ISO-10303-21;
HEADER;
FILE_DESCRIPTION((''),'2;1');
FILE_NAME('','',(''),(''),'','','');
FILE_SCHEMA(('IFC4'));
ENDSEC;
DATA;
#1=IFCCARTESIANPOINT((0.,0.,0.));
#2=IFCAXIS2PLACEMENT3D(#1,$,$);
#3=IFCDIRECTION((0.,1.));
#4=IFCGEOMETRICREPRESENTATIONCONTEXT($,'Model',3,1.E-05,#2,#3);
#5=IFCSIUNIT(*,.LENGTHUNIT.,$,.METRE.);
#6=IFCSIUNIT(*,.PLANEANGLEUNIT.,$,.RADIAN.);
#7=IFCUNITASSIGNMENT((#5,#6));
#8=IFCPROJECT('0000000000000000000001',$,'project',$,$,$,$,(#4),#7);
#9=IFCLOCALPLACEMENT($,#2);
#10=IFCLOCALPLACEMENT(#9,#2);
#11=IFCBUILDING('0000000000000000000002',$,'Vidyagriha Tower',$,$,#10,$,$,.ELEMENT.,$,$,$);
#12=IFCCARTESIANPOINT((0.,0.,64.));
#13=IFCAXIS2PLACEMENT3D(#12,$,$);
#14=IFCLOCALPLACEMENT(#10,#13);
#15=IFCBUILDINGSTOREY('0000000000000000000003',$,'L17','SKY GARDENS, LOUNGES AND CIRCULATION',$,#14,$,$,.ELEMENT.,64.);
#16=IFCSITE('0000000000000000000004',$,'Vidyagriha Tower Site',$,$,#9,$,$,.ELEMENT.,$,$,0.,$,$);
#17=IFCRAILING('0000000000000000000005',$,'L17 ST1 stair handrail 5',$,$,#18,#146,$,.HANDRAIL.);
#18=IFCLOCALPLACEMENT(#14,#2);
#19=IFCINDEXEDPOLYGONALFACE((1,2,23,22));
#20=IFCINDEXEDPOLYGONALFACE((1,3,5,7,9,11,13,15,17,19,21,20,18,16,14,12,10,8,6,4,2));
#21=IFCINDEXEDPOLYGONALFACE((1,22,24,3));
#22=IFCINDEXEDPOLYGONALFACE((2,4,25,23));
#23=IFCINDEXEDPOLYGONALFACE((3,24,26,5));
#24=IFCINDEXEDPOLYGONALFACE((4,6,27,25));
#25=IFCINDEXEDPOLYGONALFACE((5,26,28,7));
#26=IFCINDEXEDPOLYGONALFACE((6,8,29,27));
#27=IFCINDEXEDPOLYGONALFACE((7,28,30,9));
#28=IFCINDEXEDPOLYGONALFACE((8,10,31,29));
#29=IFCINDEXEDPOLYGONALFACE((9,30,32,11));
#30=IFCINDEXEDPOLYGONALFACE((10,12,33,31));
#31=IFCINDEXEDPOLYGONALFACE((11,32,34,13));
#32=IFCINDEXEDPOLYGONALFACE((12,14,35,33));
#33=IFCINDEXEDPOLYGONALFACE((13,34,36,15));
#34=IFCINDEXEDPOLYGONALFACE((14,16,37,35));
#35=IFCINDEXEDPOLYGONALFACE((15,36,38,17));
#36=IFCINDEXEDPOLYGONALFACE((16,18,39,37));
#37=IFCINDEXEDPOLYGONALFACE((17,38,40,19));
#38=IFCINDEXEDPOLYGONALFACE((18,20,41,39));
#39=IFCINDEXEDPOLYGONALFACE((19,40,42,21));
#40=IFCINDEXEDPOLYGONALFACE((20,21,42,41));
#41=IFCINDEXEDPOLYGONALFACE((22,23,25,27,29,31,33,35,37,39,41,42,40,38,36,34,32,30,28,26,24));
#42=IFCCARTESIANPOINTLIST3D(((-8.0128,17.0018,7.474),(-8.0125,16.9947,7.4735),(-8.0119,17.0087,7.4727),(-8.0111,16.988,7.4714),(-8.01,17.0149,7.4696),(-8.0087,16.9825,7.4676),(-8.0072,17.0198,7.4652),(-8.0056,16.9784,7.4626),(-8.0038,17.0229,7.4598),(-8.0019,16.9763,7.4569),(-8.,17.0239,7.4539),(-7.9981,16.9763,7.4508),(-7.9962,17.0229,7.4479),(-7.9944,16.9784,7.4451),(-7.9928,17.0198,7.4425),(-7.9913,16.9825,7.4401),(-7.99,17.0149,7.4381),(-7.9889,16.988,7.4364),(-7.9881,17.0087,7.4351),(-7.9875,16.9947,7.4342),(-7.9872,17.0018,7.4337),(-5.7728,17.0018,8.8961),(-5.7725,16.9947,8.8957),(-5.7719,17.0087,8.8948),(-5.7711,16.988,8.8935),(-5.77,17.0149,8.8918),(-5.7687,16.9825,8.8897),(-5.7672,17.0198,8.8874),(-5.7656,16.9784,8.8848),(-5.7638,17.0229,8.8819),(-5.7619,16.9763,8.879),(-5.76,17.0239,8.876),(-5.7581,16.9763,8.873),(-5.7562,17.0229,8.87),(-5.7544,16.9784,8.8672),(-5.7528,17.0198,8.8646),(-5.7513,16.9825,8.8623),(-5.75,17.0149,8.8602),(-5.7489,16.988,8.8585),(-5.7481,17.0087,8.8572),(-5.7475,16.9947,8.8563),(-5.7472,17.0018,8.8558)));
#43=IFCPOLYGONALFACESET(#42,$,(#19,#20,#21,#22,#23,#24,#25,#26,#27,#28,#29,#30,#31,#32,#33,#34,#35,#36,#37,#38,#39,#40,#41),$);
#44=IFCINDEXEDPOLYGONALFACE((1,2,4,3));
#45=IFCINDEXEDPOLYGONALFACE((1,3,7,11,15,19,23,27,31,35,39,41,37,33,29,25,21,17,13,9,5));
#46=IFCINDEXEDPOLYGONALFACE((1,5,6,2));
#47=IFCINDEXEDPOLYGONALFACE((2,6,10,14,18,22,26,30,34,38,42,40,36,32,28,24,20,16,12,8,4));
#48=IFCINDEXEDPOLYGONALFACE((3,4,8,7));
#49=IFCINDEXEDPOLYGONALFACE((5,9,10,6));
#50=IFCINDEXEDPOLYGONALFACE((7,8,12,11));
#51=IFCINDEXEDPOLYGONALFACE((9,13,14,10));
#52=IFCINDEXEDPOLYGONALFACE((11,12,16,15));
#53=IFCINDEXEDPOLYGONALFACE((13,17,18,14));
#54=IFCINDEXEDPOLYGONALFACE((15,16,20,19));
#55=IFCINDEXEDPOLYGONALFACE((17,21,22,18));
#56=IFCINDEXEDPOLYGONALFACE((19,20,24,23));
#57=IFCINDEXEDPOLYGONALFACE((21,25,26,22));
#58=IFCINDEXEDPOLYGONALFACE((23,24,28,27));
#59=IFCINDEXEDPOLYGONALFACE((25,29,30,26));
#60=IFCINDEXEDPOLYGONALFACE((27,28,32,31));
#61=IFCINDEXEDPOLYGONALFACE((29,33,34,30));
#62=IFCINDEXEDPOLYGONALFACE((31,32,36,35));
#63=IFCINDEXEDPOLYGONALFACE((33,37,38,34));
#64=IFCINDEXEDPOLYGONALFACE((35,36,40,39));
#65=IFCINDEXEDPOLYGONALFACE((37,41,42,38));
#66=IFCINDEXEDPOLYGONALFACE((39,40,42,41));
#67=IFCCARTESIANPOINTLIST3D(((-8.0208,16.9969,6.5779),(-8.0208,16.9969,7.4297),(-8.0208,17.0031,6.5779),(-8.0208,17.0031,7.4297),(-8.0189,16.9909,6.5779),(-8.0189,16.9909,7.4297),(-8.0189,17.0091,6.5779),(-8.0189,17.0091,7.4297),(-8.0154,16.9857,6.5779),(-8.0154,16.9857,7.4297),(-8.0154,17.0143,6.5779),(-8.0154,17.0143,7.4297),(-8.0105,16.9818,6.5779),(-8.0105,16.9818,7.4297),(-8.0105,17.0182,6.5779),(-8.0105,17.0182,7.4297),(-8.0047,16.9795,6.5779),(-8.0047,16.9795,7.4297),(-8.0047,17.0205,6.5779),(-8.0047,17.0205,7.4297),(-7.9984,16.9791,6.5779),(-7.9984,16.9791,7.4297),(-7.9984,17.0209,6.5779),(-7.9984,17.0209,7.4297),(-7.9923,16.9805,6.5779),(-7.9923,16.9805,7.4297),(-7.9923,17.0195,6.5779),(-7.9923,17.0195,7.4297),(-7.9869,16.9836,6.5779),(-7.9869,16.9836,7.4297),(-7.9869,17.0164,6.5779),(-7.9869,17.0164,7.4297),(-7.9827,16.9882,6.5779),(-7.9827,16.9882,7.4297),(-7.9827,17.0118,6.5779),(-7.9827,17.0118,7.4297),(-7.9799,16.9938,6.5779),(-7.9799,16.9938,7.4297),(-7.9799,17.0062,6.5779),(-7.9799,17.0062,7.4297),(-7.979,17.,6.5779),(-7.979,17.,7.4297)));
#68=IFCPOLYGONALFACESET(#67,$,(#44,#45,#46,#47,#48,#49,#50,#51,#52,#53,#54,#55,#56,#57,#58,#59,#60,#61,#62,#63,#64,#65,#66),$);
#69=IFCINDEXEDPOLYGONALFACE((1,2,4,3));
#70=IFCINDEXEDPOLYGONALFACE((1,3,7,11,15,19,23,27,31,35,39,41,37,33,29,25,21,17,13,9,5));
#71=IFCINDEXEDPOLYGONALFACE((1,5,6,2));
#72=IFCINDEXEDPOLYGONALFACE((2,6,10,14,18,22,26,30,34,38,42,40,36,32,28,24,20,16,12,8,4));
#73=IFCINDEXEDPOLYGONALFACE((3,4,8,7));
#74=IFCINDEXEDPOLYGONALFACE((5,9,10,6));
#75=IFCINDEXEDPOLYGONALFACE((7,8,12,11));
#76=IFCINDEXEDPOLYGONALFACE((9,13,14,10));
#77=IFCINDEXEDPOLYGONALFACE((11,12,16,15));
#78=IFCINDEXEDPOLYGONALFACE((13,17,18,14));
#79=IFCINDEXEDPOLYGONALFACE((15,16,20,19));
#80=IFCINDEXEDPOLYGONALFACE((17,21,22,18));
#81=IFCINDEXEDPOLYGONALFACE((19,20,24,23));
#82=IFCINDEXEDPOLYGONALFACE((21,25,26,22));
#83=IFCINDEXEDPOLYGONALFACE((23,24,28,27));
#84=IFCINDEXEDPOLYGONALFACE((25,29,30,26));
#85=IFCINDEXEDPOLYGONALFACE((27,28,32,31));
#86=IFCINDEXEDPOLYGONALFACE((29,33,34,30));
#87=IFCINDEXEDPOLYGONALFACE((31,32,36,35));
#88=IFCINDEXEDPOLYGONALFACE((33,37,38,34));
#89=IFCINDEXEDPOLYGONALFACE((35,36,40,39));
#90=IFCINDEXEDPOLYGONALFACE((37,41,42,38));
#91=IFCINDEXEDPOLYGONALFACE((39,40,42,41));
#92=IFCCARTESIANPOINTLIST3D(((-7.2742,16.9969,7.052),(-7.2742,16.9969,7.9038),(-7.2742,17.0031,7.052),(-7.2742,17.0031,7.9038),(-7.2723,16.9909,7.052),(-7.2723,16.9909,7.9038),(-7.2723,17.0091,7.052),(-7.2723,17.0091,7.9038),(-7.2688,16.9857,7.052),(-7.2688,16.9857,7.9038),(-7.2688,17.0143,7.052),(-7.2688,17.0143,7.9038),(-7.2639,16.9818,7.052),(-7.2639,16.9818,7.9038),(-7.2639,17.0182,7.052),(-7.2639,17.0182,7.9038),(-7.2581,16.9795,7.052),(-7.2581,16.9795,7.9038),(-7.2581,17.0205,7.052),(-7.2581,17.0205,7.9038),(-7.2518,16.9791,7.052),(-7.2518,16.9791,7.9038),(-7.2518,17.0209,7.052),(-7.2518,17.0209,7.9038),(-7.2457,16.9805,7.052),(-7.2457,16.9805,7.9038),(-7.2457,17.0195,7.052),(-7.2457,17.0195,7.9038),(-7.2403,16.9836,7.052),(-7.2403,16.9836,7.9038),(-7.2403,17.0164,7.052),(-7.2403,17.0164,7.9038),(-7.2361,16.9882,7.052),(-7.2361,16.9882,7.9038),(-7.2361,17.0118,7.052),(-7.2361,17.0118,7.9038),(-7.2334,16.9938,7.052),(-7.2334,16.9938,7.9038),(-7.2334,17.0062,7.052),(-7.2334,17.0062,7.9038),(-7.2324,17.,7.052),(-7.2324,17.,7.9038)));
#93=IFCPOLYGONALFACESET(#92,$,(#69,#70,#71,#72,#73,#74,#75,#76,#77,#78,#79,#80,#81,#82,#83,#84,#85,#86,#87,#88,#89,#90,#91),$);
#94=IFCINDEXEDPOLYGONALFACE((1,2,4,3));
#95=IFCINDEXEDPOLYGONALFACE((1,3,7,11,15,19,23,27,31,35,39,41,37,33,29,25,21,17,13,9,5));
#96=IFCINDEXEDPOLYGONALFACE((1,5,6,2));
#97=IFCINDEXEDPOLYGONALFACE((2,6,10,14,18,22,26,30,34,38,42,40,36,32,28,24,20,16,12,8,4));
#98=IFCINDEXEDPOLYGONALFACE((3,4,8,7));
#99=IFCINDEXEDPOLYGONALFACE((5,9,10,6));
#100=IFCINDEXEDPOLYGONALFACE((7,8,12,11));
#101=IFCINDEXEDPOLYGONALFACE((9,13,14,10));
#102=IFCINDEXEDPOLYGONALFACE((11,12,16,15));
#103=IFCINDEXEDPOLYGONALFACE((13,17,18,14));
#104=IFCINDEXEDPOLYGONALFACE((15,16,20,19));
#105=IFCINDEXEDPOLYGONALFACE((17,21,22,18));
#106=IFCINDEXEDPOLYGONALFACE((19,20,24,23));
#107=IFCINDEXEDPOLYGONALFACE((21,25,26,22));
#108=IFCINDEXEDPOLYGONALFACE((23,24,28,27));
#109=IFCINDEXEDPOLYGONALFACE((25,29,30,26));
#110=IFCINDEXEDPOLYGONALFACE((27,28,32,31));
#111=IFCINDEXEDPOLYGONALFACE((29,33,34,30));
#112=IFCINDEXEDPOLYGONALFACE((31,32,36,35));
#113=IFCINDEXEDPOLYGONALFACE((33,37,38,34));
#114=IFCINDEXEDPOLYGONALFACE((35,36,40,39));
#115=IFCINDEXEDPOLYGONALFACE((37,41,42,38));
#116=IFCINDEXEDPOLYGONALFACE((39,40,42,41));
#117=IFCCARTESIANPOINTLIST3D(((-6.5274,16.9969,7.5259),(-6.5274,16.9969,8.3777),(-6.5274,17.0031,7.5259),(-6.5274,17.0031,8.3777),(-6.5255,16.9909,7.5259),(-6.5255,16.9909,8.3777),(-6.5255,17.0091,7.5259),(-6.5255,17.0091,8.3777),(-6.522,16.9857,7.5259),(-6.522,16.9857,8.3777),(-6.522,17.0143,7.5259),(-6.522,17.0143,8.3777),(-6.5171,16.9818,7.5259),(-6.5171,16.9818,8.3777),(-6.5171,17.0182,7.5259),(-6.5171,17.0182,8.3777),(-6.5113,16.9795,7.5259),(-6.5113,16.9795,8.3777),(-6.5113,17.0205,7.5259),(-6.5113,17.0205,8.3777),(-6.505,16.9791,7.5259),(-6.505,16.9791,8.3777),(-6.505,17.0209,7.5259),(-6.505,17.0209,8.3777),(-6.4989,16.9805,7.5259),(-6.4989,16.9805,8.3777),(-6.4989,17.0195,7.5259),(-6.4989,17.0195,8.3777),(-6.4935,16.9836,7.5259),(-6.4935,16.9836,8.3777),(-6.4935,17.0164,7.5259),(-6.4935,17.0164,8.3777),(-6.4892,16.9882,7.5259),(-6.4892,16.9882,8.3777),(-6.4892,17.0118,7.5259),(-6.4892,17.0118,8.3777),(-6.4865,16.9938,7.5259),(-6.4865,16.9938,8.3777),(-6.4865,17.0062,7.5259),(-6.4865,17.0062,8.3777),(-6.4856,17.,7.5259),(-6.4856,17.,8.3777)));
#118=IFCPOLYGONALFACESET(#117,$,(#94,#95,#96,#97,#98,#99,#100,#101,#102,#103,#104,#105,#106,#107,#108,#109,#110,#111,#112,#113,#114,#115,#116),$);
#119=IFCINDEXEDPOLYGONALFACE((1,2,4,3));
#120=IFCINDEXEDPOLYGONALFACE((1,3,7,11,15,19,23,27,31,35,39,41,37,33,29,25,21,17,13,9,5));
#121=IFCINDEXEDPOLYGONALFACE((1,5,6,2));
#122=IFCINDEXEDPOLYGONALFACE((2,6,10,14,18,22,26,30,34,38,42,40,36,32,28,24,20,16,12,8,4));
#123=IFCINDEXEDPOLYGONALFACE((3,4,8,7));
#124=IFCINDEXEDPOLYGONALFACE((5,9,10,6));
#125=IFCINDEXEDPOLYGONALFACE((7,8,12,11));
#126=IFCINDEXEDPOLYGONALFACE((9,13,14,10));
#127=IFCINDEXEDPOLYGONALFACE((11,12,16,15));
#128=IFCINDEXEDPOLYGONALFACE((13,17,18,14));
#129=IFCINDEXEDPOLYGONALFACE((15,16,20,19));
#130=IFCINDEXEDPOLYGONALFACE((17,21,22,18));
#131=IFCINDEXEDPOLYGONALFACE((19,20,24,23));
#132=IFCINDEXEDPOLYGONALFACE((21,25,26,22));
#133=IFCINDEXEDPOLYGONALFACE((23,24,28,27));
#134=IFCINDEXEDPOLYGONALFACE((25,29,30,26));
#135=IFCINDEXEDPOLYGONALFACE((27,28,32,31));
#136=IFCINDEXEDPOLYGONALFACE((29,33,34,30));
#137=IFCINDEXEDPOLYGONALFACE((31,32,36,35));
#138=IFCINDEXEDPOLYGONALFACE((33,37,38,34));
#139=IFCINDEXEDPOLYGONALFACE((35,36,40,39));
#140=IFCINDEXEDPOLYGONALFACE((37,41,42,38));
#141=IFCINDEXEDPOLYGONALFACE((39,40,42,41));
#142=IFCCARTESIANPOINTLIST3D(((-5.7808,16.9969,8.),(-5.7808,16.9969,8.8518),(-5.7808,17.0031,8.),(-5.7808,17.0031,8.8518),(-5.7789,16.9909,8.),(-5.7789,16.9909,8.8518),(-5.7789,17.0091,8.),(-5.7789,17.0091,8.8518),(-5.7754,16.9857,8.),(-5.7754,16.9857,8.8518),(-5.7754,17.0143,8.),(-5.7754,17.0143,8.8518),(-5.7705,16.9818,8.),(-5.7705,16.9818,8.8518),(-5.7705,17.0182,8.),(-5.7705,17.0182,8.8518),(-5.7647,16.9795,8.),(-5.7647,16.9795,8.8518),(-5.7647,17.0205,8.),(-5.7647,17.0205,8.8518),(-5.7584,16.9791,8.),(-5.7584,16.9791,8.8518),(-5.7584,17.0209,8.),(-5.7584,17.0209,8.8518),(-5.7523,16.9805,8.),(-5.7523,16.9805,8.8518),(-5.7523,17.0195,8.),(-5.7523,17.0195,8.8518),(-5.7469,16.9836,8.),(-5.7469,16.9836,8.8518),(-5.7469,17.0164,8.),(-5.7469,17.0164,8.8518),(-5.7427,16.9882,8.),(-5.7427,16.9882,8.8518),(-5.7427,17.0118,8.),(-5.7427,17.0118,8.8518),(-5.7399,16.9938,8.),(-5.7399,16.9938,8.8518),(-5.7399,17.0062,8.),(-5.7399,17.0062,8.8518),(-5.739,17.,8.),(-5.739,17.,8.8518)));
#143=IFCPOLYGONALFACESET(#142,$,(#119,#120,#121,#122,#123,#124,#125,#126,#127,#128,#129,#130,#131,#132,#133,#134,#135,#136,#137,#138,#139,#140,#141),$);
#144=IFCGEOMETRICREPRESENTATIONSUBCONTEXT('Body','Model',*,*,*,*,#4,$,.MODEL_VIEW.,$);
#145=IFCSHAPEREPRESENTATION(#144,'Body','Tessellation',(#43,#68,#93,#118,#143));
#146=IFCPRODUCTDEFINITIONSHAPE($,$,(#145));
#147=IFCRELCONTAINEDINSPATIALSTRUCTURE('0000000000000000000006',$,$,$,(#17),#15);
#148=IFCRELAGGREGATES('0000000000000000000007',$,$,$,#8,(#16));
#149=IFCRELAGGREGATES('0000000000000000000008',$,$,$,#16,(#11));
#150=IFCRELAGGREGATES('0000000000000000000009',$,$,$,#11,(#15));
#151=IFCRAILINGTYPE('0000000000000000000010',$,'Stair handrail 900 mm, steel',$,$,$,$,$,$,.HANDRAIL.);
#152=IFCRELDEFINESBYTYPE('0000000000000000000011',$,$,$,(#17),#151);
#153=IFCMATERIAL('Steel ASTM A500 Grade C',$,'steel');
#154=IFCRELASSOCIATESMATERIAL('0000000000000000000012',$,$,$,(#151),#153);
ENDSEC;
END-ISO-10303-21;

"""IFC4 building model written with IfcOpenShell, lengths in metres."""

from ifc_helpers import new_model, si_unit, direction, frame, origin, origin_2d, place, context, subcontext, project, spatial, circle, extrude, material, type_object, element, save


model = new_model("IFC4")

# Units and contexts
model_context = context("Model", 3, precision=1e-05, world=origin(), true_north=direction((0.0, 1.0)))
body_context = subcontext(model_context, "Body", "Model", "MODEL_VIEW")
ifc_project = project(units=[si_unit("LENGTHUNIT", "METRE"), si_unit("PLANEANGLEUNIT", "RADIAN")], contexts=[model_context])

# Site, building, storey
site_placement = place(None, origin())
site = spatial("IfcSite", under=ifc_project, at=site_placement, Name="Vidyagriha Tower Site", CompositionType="ELEMENT", RefElevation=0.0)
building_placement = place(site_placement, origin())
building = spatial("IfcBuilding", under=site, at=building_placement, Name="Vidyagriha Tower", CompositionType="ELEMENT")
storey_placement = place(building_placement, frame((0.0, 0.0, 64.0)))
storey = spatial("IfcBuildingStorey", under=building, at=storey_placement, Name="L17", Description="SKY GARDENS, LOUNGES AND CIRCULATION", CompositionType="ELEMENT", Elevation=64.0)

# Railing
ifc_material_1 = material(Name="Steel ASTM A500 Grade C", Category="steel")
railing_type_1 = type_object("IfcRailingType", Name="Stair handrail 900 mm, steel", PredefinedType="HANDRAIL", material=ifc_material_1)
railing_1_placement = place(storey_placement, frame((-8.0, 17.0, 6.5779)))
element("IfcRailing", 1, at=railing_1_placement, inside=storey, type_object=railing_type_1, Name="L17 ST1 stair handrail 5", PredefinedType="HANDRAIL", context=body_context, shape_type="SweptSolid", body=[
    extrude(circle(Radius=0.0239, at=origin_2d()), frame((0.0, 0.0, 0.876), z_axis=(0.844229, 0.0, 0.535982), x_axis=(0.0, 1.0, 0.0)), (0.0, 0.0, 1.0), 2.6533),
    extrude(circle(Radius=0.021, at=origin_2d()), origin(), (0.0, 0.0, 1.0), 0.8518),
    extrude(circle(Radius=0.021, at=origin_2d()), frame((0.7466, 0.0, 0.4741)), (0.0, 0.0, 1.0), 0.8518),
    extrude(circle(Radius=0.021, at=origin_2d()), frame((1.4934, 0.0, 0.948)), (0.0, 0.0, 1.0), 0.8518),
    extrude(circle(Radius=0.021, at=origin_2d()), frame((2.24, 0.0, 1.4221)), (0.0, 0.0, 1.0), 0.8518),
])

save(model, "model.ifc")
